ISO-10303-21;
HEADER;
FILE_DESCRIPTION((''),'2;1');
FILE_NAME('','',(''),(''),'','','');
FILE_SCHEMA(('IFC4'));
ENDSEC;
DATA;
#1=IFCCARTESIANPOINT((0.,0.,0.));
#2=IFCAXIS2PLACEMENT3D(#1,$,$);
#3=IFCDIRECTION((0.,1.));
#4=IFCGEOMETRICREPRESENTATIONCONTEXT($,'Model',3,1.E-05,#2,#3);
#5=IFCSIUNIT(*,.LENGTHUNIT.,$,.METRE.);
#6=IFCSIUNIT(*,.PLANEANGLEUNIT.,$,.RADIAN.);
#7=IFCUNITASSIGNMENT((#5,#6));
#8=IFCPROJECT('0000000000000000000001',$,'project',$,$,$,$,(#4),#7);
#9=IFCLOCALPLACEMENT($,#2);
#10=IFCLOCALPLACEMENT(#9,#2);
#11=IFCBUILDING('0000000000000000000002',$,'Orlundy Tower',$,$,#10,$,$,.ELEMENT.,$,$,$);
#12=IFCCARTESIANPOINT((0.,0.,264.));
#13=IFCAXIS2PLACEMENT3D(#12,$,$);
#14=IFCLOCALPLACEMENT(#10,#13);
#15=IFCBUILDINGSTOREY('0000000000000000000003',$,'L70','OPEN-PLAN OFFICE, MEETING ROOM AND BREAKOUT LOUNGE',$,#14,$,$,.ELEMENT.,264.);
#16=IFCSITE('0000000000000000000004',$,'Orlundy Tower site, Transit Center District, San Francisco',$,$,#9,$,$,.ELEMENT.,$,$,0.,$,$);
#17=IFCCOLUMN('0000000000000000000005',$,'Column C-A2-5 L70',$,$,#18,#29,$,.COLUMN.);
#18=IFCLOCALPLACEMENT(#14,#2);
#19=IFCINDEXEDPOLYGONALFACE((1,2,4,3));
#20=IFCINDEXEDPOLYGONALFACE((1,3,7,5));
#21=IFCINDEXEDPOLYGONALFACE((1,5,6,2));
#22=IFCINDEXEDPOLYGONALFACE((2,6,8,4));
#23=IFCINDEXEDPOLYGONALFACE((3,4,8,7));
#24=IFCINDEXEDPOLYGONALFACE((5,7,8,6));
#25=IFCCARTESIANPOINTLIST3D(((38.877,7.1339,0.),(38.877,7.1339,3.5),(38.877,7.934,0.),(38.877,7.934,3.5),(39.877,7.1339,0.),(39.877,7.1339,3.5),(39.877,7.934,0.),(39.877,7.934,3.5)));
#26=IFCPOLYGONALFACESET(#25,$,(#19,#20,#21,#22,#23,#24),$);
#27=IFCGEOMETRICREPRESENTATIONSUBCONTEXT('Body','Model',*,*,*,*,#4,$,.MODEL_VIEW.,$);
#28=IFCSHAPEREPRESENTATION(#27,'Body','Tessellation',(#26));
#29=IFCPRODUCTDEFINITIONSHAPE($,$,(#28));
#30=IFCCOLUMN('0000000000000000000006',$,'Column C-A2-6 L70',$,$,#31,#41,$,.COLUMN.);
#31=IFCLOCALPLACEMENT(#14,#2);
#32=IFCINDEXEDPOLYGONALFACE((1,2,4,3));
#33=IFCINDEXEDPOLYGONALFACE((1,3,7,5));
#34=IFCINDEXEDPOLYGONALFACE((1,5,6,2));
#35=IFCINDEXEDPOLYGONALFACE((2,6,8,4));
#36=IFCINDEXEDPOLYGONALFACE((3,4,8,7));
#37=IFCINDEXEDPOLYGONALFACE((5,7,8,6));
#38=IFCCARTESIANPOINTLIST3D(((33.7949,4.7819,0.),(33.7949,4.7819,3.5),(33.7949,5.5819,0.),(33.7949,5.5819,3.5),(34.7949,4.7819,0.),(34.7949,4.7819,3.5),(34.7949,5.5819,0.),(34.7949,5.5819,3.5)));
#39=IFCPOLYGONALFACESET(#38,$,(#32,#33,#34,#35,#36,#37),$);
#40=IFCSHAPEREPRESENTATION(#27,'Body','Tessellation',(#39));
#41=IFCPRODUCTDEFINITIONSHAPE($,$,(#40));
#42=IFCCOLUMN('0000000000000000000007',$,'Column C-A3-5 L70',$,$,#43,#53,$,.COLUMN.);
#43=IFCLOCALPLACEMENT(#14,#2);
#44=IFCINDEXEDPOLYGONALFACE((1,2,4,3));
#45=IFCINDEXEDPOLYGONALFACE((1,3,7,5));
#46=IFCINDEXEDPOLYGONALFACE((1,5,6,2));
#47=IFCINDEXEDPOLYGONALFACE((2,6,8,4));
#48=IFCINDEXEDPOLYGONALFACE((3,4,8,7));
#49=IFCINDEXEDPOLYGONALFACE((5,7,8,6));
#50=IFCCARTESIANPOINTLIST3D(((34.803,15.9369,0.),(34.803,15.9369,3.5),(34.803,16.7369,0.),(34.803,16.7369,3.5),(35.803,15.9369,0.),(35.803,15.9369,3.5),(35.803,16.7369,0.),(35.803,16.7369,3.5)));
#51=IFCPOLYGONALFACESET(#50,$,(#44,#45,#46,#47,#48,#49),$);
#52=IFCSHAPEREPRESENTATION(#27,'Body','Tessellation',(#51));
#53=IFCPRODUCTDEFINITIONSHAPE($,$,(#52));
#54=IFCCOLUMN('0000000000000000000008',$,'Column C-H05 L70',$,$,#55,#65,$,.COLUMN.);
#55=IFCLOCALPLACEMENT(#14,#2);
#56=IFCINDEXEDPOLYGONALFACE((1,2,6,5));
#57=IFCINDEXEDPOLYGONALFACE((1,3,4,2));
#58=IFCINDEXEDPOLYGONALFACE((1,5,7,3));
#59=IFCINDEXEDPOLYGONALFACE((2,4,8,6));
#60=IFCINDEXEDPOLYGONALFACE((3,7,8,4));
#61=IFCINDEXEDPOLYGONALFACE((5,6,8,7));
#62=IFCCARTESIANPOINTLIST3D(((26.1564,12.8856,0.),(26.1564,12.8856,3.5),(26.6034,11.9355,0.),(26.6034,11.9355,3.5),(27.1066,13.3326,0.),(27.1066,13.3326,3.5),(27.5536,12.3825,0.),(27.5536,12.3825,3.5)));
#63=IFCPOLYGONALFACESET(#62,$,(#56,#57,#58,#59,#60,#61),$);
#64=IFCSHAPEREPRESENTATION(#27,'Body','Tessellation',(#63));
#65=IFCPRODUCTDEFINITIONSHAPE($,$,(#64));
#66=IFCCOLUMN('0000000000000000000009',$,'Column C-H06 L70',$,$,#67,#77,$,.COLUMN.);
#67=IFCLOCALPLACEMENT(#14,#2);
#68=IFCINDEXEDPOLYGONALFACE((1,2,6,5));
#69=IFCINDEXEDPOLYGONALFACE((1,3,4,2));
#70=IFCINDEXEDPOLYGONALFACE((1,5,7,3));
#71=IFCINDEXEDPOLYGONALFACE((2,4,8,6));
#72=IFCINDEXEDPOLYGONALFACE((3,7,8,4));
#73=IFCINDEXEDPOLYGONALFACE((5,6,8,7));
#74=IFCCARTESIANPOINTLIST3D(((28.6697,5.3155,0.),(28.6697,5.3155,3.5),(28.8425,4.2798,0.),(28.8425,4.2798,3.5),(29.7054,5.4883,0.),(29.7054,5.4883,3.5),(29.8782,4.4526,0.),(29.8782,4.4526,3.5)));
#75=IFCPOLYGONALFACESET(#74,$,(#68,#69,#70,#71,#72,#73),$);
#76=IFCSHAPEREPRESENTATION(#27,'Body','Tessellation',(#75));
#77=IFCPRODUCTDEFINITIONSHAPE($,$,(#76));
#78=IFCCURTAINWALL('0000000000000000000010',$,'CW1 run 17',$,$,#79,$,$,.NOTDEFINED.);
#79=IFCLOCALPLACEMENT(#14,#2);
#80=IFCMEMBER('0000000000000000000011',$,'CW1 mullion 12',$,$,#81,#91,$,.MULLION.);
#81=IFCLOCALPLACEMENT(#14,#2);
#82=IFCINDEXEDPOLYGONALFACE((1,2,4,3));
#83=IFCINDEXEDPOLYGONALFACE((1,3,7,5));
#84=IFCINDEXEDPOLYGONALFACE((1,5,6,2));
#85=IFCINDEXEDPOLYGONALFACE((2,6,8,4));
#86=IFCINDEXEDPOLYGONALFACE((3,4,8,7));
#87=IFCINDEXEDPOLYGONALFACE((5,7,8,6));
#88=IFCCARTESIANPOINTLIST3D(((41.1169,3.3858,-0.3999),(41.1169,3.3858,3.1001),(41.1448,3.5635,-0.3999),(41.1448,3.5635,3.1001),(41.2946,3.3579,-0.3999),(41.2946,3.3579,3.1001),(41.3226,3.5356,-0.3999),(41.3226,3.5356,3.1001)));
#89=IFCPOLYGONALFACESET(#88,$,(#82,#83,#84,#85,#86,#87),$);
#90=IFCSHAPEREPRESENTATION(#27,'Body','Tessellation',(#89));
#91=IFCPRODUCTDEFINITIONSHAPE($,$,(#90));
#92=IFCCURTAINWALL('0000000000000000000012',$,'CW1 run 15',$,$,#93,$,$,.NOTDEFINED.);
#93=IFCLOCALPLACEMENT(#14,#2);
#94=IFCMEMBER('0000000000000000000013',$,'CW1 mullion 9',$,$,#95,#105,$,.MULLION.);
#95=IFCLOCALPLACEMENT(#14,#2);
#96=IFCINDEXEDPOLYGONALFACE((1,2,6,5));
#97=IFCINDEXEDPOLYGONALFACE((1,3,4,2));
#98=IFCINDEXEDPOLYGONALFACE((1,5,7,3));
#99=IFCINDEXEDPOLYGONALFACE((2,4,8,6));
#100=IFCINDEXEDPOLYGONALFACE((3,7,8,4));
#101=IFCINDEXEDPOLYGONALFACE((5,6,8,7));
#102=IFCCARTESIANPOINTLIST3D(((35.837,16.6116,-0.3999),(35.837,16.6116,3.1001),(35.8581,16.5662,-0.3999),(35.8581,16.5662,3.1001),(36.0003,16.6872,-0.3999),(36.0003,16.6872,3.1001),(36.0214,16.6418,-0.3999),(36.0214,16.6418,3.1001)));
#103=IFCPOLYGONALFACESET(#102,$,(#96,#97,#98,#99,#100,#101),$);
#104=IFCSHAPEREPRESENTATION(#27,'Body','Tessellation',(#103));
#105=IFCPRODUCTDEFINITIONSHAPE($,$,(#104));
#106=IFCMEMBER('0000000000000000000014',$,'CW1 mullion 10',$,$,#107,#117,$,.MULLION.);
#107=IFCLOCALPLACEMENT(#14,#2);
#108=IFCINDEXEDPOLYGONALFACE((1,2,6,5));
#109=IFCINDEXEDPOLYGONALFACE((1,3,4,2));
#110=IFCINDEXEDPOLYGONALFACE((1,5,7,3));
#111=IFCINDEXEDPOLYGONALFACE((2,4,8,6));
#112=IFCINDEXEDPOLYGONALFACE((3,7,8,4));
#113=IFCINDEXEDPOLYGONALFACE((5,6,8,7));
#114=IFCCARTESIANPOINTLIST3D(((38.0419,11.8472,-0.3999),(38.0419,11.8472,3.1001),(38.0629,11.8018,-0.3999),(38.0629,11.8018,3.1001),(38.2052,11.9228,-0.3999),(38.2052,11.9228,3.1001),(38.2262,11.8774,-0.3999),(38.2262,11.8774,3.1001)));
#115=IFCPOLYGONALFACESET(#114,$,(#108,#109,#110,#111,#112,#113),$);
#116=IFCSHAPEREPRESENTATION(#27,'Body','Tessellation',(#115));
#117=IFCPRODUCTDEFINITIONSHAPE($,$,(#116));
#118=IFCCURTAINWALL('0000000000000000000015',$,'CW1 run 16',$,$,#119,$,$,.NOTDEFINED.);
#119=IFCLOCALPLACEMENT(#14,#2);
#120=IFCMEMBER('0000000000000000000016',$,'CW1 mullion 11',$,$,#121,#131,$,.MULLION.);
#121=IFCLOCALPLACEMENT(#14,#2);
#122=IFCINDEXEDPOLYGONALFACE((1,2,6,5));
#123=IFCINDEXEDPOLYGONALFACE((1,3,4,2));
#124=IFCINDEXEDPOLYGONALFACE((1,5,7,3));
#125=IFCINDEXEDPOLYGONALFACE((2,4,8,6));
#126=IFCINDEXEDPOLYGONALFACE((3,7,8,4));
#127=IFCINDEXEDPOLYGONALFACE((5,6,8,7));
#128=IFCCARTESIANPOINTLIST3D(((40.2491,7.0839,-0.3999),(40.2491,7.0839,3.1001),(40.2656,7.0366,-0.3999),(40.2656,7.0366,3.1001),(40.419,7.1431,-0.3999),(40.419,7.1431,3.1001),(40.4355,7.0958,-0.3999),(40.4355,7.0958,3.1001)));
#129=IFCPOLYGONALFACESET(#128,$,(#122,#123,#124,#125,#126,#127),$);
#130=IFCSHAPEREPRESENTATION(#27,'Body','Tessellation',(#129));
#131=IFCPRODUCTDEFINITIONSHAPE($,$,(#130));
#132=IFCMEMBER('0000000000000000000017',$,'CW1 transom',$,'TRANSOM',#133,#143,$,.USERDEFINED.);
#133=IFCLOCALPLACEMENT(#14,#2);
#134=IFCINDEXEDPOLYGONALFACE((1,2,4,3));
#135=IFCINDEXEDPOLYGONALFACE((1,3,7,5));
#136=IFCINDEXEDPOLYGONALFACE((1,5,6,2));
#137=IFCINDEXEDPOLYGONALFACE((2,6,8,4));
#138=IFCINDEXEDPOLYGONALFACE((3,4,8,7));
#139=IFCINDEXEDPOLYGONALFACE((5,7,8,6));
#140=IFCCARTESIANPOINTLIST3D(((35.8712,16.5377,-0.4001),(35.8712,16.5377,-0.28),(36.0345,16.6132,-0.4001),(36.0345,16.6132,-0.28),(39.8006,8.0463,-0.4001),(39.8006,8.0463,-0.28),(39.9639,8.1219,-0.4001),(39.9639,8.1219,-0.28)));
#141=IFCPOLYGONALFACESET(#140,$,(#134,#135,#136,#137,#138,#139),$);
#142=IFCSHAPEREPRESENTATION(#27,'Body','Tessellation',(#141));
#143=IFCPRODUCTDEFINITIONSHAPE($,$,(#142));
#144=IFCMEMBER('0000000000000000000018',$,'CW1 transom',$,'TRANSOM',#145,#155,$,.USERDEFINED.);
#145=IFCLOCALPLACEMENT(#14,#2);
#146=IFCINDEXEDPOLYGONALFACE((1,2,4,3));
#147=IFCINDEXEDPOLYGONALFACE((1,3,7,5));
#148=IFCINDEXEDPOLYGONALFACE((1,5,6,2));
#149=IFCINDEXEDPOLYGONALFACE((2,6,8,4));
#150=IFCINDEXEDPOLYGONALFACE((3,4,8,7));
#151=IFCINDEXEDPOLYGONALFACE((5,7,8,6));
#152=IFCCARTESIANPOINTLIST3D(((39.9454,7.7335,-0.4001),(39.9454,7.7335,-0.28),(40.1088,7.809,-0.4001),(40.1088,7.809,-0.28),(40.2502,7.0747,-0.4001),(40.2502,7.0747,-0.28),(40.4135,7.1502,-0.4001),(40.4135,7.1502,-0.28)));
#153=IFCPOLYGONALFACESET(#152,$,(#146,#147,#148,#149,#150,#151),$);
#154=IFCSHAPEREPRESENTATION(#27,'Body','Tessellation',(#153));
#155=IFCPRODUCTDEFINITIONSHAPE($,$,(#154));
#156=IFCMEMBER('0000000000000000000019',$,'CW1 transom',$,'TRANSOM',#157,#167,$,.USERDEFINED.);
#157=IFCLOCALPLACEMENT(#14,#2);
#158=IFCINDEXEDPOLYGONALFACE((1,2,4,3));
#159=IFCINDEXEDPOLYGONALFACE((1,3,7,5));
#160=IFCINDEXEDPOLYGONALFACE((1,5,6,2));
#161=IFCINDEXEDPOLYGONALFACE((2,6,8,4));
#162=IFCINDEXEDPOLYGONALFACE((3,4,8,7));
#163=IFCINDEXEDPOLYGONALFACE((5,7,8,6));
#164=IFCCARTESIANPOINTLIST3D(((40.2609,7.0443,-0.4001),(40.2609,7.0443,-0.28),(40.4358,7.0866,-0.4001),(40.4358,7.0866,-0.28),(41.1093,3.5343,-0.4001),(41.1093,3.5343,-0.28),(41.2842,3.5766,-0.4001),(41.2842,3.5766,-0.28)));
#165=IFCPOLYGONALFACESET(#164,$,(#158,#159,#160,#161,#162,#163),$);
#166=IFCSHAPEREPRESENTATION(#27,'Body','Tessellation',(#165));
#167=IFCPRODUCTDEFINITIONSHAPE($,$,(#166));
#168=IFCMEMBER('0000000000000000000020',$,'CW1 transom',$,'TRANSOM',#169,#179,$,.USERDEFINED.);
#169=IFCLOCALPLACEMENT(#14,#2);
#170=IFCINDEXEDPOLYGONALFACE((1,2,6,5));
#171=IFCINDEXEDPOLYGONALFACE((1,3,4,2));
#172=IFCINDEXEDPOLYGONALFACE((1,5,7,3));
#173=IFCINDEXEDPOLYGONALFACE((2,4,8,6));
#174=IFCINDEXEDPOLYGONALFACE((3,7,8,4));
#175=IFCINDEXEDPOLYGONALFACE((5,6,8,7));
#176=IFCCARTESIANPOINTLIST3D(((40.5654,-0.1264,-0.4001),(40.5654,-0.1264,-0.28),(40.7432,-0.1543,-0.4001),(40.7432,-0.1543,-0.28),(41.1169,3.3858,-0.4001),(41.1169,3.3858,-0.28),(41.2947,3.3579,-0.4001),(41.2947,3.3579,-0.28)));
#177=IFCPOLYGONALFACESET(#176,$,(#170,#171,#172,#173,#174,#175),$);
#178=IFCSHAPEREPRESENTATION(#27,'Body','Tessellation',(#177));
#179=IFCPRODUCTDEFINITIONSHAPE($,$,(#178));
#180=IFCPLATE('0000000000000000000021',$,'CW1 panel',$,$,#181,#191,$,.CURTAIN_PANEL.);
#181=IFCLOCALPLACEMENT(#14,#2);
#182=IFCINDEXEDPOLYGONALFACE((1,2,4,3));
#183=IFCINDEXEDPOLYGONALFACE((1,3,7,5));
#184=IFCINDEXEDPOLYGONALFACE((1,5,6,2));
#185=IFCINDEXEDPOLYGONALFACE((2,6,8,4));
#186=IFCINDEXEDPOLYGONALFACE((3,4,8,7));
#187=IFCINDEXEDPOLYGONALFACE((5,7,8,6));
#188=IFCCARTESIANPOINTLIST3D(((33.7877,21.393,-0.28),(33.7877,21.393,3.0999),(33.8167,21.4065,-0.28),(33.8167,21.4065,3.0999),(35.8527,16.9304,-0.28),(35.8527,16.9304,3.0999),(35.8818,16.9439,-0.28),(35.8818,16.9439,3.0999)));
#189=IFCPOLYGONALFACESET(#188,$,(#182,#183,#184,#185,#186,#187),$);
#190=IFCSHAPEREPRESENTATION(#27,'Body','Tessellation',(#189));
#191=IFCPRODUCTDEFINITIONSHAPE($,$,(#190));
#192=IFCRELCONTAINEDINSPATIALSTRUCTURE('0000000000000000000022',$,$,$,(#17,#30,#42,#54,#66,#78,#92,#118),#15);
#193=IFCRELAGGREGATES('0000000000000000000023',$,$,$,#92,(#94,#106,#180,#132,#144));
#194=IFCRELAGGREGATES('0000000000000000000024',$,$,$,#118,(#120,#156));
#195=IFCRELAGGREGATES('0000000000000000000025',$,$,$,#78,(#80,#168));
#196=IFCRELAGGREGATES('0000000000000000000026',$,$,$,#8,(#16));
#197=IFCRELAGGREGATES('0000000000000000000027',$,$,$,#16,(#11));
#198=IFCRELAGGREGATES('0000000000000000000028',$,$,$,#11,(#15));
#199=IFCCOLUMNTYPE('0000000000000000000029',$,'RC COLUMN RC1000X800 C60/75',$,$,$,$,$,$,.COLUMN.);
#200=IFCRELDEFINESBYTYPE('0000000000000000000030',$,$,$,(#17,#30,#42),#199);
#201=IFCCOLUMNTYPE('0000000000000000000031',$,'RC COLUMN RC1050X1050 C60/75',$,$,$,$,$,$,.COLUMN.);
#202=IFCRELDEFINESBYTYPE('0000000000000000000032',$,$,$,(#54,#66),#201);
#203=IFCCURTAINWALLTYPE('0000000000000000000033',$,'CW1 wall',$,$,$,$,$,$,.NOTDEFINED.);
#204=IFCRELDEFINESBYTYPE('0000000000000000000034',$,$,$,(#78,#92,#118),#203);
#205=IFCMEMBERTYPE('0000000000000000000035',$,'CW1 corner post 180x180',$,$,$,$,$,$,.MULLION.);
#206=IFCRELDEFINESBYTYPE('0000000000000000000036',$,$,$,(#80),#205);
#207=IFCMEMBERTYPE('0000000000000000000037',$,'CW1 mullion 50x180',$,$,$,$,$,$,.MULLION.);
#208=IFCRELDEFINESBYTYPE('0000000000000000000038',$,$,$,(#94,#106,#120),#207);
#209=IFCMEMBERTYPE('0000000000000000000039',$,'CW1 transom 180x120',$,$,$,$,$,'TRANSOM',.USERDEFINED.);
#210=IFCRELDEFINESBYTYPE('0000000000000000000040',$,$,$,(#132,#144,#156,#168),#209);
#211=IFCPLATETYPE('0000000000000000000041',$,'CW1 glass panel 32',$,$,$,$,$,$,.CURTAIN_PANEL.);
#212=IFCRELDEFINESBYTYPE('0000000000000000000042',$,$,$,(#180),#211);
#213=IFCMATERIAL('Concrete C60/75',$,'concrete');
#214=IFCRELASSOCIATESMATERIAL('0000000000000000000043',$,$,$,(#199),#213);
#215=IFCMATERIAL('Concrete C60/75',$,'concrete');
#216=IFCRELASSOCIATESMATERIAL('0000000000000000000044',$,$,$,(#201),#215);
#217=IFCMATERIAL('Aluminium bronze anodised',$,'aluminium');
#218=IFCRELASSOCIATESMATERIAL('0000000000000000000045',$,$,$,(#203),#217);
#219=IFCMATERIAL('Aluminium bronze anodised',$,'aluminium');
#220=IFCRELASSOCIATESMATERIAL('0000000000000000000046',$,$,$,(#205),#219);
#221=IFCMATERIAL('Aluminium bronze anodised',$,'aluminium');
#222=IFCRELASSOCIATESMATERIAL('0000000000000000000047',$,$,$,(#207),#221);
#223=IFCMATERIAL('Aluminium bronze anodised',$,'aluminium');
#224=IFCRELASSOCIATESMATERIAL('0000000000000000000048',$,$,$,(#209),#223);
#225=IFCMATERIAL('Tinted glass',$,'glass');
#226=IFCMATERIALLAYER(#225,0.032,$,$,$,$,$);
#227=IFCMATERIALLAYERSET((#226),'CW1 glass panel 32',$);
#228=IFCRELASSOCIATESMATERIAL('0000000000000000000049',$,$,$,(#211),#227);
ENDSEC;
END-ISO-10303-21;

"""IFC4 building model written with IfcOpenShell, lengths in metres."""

from ifc_helpers import new_model, si_unit, direction, frame, origin, origin_2d, place, context, subcontext, project, spatial, rectangle, extrude, material, layer, layer_set, material_profile, profile_set, type_object, element, aggregate, save


model = new_model("IFC4")

# Units and contexts
model_context = context("Model", 3, precision=1e-05, world=origin(), true_north=direction((0.0, 1.0)))
body_context = subcontext(model_context, "Body", "Model", "MODEL_VIEW")
ifc_project = project(units=[si_unit("LENGTHUNIT", "METRE"), si_unit("PLANEANGLEUNIT", "RADIAN")], contexts=[model_context])

# Site, building, storey
site_placement = place(None, origin())
site = spatial("IfcSite", under=ifc_project, at=site_placement, Name="Orlundy Tower site, Transit Center District, San Francisco", CompositionType="ELEMENT", RefElevation=0.0)
building_placement = place(site_placement, origin())
building = spatial("IfcBuilding", under=site, at=building_placement, Name="Orlundy Tower", CompositionType="ELEMENT")
storey_placement = place(building_placement, frame((0.0, 0.0, 264.0)))
storey = spatial("IfcBuildingStorey", under=building, at=storey_placement, Name="L70", Description="OPEN-PLAN OFFICE, MEETING ROOM AND BREAKOUT LOUNGE", CompositionType="ELEMENT", Elevation=264.0)

# Columns
ifc_material_1 = material(Name="Concrete C60/75", Category="concrete")
ifc_material_profile_1 = material_profile(ifc_material_1, rectangle(XDim=1.0, YDim=0.8, at=origin_2d()), Name="RC1000X800")
ifc_profile_set_1 = profile_set([ifc_material_profile_1], Name="Concrete C60/75")
column_type_1 = type_object("IfcColumnType", Name="RC COLUMN RC1000X800 C60/75", PredefinedType="COLUMN", material=ifc_profile_set_1)
for number, where, z_axis, x_axis, name in (
    (1, (39.377, 7.5339, 0.0), (0.0, 0.0, 1.0), (1.0, 0.0, 0.0), "Column C-A2-5 L70"),
    (2, (34.2949, 5.1819, 0.0), (0.0, 0.0, 1.0), (1.0, 0.0, 0.0), "Column C-A2-6 L70"),
    (3, (35.303, 16.3369, 0.0), (0.0, 0.0, 1.0), (1.0, 0.0, 0.0), "Column C-A3-5 L70"),
):
    element("IfcColumn", number, at=place(storey_placement, frame(where, z_axis=z_axis, x_axis=x_axis)), inside=storey, type_object=column_type_1, Name=name, PredefinedType="COLUMN", context=body_context, shape_type="SweptSolid", body=[
        extrude(rectangle(XDim=1.0, YDim=0.8, at=origin_2d()), origin(), (0.0, 0.0, 1.0), 3.5),
    ])
ifc_material_2 = material(Name="Concrete C60/75", Category="concrete")
ifc_material_profile_2 = material_profile(ifc_material_2, rectangle(XDim=1.05, YDim=1.05, at=origin_2d()), Name="RC1050X1050")
ifc_profile_set_2 = profile_set([ifc_material_profile_2], Name="Concrete C60/75")
column_type_2 = type_object("IfcColumnType", Name="RC COLUMN RC1050X1050 C60/75", PredefinedType="COLUMN", material=ifc_profile_set_2)
for number, where, z_axis, x_axis, name in (
    (4, (26.855, 12.634, 0.0), (0.0, 0.0, 1.0), (0.904864, 0.4257, 0.0), "Column C-H05 L70"),
    (5, (29.2739, 4.884, 0.0), (0.0, 0.0, 1.0), (0.986366, 0.164566, 0.0), "Column C-H06 L70"),
):
    element("IfcColumn", number, at=place(storey_placement, frame(where, z_axis=z_axis, x_axis=x_axis)), inside=storey, type_object=column_type_2, Name=name, PredefinedType="COLUMN", context=body_context, shape_type="SweptSolid", body=[
        extrude(rectangle(XDim=1.05, YDim=1.05, at=origin_2d()), origin(), (0.0, 0.0, 1.0), 3.5),
    ])

# Curtain wall, member
ifc_material_3 = material(Name="Aluminium bronze anodised", Category="aluminium")
curtain_wall_type = type_object("IfcCurtainWallType", Name="CW1 wall", PredefinedType="NOTDEFINED", material=ifc_material_3)
curtain_wall_1_placement = place(storey_placement, origin())
curtain_wall_1 = element("IfcCurtainWall", 6, at=curtain_wall_1_placement, inside=storey, type_object=curtain_wall_type, Name="CW1 run 17", PredefinedType="NOTDEFINED")
ifc_material_4 = material(Name="Aluminium bronze anodised", Category="aluminium")
ifc_material_profile_3 = material_profile(ifc_material_4, rectangle(XDim=0.1799, YDim=0.1799, at=origin_2d()), Name="CW1 corner post 180x180")
ifc_profile_set_3 = profile_set([ifc_material_profile_3], Name="Aluminium bronze anodised")
member_type_1 = type_object("IfcMemberType", Name="CW1 corner post 180x180", PredefinedType="MULLION", material=ifc_profile_set_3)
member_1_placement = place(storey_placement, frame((41.2197, 3.4607, -0.3999), z_axis=(0.0, 0.0, 1.0), x_axis=(0.987896, -0.155117, 0.0)))
member_1 = element("IfcMember", 7, at=member_1_placement, type_object=member_type_1, Name="CW1 mullion 12", PredefinedType="MULLION", context=body_context, shape_type="SweptSolid", body=[
    extrude(rectangle(XDim=0.1799, YDim=0.1799, at=origin_2d()), origin(), (0.0, 0.0, 1.0), 3.5),
])

# Curtain wall, members
curtain_wall_2_placement = place(storey_placement, origin())
curtain_wall_2 = element("IfcCurtainWall", 8, at=curtain_wall_2_placement, inside=storey, type_object=curtain_wall_type, Name="CW1 run 15", PredefinedType="NOTDEFINED")
ifc_material_5 = material(Name="Aluminium bronze anodised", Category="aluminium")
ifc_material_profile_4 = material_profile(ifc_material_5, rectangle(XDim=0.1799, YDim=0.05, at=origin_2d()), Name="CW1 mullion 50x180")
ifc_profile_set_4 = profile_set([ifc_material_profile_4], Name="Aluminium bronze anodised")
member_type_2 = type_object("IfcMemberType", Name="CW1 mullion 50x180", PredefinedType="MULLION", material=ifc_profile_set_4)
member_2_placement = place(storey_placement, frame((35.9292, 16.6267, -0.3999), z_axis=(0.0, 0.0, 1.0), x_axis=(0.907542, 0.419961, 0.0)))
member_2 = element("IfcMember", 9, at=member_2_placement, type_object=member_type_2, Name="CW1 mullion 9", PredefinedType="MULLION", context=body_context, shape_type="SweptSolid", body=[
    extrude(rectangle(XDim=0.1799, YDim=0.05, at=origin_2d()), origin(), (0.0, 0.0, 1.0), 3.5),
])
member_3_placement = place(storey_placement, frame((38.134, 11.8623, -0.3999), z_axis=(0.0, 0.0, 1.0), x_axis=(0.907542, 0.419961, 0.0)))
member_3 = element("IfcMember", 10, at=member_3_placement, type_object=member_type_2, Name="CW1 mullion 10", PredefinedType="MULLION", context=body_context, shape_type="SweptSolid", body=[
    extrude(rectangle(XDim=0.1799, YDim=0.05, at=origin_2d()), origin(), (0.0, 0.0, 1.0), 3.5),
])

# Curtain wall, member
curtain_wall_3_placement = place(storey_placement, origin())
curtain_wall_3 = element("IfcCurtainWall", 11, at=curtain_wall_3_placement, inside=storey, type_object=curtain_wall_type, Name="CW1 run 16", PredefinedType="NOTDEFINED")
member_4_placement = place(storey_placement, frame((40.3423, 7.0898, -0.3999), z_axis=(0.0, 0.0, 1.0), x_axis=(0.944313, 0.32905, 0.0)))
member_4 = element("IfcMember", 12, at=member_4_placement, type_object=member_type_2, Name="CW1 mullion 11", PredefinedType="MULLION", context=body_context, shape_type="SweptSolid", body=[
    extrude(rectangle(XDim=0.1799, YDim=0.05, at=origin_2d()), origin(), (0.0, 0.0, 1.0), 3.5),
])

# Members
ifc_material_6 = material(Name="Aluminium bronze anodised", Category="aluminium")
ifc_material_profile_5 = material_profile(ifc_material_6, rectangle(XDim=0.1799, YDim=0.1201, at=origin_2d()), Name="CW1 transom 180x120")
ifc_profile_set_5 = profile_set([ifc_material_profile_5], Name="Aluminium bronze anodised")
member_type_3 = type_object("IfcMemberType", Name="CW1 transom 180x120", ElementType="TRANSOM", PredefinedType="USERDEFINED", material=ifc_profile_set_5)
member_5_placement = place(storey_placement, frame((35.9529, 16.5754, -0.3401), z_axis=(0.419966, -0.90754, 0.0), x_axis=(0.90754, 0.419966, 0.0)))
member_5 = element("IfcMember", 13, at=member_5_placement, type_object=member_type_3, Name="CW1 transom", ObjectType="TRANSOM", PredefinedType="USERDEFINED", context=body_context, shape_type="SweptSolid", body=[
    extrude(rectangle(XDim=0.1799, YDim=0.1201, at=origin_2d()), origin(), (0.0, 0.0, 1.0), 9.3564),
])
member_6_placement = place(storey_placement, frame((40.0271, 7.7712, -0.3401), z_axis=(0.419826, -0.907605, 0.0), x_axis=(0.907605, 0.419826, 0.0)))
member_6 = element("IfcMember", 14, at=member_6_placement, type_object=member_type_3, Name="CW1 transom", ObjectType="TRANSOM", PredefinedType="USERDEFINED", context=body_context, shape_type="SweptSolid", body=[
    extrude(rectangle(XDim=0.1799, YDim=0.1201, at=origin_2d()), origin(), (0.0, 0.0, 1.0), 0.7258),
])
member_7_placement = place(storey_placement, frame((40.3484, 7.0654, -0.3401), z_axis=(0.23494, -0.97201, 0.0), x_axis=(0.97201, 0.23494, 0.0)))
member_7 = element("IfcMember", 15, at=member_7_placement, type_object=member_type_3, Name="CW1 transom", ObjectType="TRANSOM", PredefinedType="USERDEFINED", context=body_context, shape_type="SweptSolid", body=[
    extrude(rectangle(XDim=0.1799, YDim=0.1201, at=origin_2d()), origin(), (0.0, 0.0, 1.0), 3.6111),
])
member_8_placement = place(storey_placement, frame((41.2058, 3.3718, -0.3401), z_axis=(-0.155127, -0.987895, 0.0), x_axis=(0.987895, -0.155127, 0.0)))
member_8 = element("IfcMember", 16, at=member_8_placement, type_object=member_type_3, Name="CW1 transom", ObjectType="TRANSOM", PredefinedType="USERDEFINED", context=body_context, shape_type="SweptSolid", body=[
    extrude(rectangle(XDim=0.1799, YDim=0.1201, at=origin_2d()), origin(), (0.0, 0.0, 1.0), 3.5552),
])

# Plate
ifc_material_7 = material(Name="Tinted glass", Category="glass")
ifc_layer_1 = layer(ifc_material_7, 0.032)
ifc_layer_set_1 = layer_set([ifc_layer_1], Name="CW1 glass panel 32")
plate_type = type_object("IfcPlateType", Name="CW1 glass panel 32", PredefinedType="CURTAIN_PANEL", material=ifc_layer_set_1)
plate_1_placement = place(storey_placement, frame((34.8347, 19.1685, -0.28), z_axis=(0.0, 0.0, 1.0), x_axis=(0.419961, -0.907542, 0.0)))
plate_1 = element("IfcPlate", 17, at=plate_1_placement, type_object=plate_type, Name="CW1 panel", PredefinedType="CURTAIN_PANEL", context=body_context, shape_type="SweptSolid", body=[
    extrude(rectangle(XDim=4.9172, YDim=0.032, at=origin_2d()), origin(), (0.0, 0.0, 1.0), 3.3799),
])
aggregate(curtain_wall_2, [member_2, member_3, plate_1, member_5, member_6])
aggregate(curtain_wall_3, [member_4, member_7])
aggregate(curtain_wall_1, [member_1, member_8])

save(model, "model.ifc")
